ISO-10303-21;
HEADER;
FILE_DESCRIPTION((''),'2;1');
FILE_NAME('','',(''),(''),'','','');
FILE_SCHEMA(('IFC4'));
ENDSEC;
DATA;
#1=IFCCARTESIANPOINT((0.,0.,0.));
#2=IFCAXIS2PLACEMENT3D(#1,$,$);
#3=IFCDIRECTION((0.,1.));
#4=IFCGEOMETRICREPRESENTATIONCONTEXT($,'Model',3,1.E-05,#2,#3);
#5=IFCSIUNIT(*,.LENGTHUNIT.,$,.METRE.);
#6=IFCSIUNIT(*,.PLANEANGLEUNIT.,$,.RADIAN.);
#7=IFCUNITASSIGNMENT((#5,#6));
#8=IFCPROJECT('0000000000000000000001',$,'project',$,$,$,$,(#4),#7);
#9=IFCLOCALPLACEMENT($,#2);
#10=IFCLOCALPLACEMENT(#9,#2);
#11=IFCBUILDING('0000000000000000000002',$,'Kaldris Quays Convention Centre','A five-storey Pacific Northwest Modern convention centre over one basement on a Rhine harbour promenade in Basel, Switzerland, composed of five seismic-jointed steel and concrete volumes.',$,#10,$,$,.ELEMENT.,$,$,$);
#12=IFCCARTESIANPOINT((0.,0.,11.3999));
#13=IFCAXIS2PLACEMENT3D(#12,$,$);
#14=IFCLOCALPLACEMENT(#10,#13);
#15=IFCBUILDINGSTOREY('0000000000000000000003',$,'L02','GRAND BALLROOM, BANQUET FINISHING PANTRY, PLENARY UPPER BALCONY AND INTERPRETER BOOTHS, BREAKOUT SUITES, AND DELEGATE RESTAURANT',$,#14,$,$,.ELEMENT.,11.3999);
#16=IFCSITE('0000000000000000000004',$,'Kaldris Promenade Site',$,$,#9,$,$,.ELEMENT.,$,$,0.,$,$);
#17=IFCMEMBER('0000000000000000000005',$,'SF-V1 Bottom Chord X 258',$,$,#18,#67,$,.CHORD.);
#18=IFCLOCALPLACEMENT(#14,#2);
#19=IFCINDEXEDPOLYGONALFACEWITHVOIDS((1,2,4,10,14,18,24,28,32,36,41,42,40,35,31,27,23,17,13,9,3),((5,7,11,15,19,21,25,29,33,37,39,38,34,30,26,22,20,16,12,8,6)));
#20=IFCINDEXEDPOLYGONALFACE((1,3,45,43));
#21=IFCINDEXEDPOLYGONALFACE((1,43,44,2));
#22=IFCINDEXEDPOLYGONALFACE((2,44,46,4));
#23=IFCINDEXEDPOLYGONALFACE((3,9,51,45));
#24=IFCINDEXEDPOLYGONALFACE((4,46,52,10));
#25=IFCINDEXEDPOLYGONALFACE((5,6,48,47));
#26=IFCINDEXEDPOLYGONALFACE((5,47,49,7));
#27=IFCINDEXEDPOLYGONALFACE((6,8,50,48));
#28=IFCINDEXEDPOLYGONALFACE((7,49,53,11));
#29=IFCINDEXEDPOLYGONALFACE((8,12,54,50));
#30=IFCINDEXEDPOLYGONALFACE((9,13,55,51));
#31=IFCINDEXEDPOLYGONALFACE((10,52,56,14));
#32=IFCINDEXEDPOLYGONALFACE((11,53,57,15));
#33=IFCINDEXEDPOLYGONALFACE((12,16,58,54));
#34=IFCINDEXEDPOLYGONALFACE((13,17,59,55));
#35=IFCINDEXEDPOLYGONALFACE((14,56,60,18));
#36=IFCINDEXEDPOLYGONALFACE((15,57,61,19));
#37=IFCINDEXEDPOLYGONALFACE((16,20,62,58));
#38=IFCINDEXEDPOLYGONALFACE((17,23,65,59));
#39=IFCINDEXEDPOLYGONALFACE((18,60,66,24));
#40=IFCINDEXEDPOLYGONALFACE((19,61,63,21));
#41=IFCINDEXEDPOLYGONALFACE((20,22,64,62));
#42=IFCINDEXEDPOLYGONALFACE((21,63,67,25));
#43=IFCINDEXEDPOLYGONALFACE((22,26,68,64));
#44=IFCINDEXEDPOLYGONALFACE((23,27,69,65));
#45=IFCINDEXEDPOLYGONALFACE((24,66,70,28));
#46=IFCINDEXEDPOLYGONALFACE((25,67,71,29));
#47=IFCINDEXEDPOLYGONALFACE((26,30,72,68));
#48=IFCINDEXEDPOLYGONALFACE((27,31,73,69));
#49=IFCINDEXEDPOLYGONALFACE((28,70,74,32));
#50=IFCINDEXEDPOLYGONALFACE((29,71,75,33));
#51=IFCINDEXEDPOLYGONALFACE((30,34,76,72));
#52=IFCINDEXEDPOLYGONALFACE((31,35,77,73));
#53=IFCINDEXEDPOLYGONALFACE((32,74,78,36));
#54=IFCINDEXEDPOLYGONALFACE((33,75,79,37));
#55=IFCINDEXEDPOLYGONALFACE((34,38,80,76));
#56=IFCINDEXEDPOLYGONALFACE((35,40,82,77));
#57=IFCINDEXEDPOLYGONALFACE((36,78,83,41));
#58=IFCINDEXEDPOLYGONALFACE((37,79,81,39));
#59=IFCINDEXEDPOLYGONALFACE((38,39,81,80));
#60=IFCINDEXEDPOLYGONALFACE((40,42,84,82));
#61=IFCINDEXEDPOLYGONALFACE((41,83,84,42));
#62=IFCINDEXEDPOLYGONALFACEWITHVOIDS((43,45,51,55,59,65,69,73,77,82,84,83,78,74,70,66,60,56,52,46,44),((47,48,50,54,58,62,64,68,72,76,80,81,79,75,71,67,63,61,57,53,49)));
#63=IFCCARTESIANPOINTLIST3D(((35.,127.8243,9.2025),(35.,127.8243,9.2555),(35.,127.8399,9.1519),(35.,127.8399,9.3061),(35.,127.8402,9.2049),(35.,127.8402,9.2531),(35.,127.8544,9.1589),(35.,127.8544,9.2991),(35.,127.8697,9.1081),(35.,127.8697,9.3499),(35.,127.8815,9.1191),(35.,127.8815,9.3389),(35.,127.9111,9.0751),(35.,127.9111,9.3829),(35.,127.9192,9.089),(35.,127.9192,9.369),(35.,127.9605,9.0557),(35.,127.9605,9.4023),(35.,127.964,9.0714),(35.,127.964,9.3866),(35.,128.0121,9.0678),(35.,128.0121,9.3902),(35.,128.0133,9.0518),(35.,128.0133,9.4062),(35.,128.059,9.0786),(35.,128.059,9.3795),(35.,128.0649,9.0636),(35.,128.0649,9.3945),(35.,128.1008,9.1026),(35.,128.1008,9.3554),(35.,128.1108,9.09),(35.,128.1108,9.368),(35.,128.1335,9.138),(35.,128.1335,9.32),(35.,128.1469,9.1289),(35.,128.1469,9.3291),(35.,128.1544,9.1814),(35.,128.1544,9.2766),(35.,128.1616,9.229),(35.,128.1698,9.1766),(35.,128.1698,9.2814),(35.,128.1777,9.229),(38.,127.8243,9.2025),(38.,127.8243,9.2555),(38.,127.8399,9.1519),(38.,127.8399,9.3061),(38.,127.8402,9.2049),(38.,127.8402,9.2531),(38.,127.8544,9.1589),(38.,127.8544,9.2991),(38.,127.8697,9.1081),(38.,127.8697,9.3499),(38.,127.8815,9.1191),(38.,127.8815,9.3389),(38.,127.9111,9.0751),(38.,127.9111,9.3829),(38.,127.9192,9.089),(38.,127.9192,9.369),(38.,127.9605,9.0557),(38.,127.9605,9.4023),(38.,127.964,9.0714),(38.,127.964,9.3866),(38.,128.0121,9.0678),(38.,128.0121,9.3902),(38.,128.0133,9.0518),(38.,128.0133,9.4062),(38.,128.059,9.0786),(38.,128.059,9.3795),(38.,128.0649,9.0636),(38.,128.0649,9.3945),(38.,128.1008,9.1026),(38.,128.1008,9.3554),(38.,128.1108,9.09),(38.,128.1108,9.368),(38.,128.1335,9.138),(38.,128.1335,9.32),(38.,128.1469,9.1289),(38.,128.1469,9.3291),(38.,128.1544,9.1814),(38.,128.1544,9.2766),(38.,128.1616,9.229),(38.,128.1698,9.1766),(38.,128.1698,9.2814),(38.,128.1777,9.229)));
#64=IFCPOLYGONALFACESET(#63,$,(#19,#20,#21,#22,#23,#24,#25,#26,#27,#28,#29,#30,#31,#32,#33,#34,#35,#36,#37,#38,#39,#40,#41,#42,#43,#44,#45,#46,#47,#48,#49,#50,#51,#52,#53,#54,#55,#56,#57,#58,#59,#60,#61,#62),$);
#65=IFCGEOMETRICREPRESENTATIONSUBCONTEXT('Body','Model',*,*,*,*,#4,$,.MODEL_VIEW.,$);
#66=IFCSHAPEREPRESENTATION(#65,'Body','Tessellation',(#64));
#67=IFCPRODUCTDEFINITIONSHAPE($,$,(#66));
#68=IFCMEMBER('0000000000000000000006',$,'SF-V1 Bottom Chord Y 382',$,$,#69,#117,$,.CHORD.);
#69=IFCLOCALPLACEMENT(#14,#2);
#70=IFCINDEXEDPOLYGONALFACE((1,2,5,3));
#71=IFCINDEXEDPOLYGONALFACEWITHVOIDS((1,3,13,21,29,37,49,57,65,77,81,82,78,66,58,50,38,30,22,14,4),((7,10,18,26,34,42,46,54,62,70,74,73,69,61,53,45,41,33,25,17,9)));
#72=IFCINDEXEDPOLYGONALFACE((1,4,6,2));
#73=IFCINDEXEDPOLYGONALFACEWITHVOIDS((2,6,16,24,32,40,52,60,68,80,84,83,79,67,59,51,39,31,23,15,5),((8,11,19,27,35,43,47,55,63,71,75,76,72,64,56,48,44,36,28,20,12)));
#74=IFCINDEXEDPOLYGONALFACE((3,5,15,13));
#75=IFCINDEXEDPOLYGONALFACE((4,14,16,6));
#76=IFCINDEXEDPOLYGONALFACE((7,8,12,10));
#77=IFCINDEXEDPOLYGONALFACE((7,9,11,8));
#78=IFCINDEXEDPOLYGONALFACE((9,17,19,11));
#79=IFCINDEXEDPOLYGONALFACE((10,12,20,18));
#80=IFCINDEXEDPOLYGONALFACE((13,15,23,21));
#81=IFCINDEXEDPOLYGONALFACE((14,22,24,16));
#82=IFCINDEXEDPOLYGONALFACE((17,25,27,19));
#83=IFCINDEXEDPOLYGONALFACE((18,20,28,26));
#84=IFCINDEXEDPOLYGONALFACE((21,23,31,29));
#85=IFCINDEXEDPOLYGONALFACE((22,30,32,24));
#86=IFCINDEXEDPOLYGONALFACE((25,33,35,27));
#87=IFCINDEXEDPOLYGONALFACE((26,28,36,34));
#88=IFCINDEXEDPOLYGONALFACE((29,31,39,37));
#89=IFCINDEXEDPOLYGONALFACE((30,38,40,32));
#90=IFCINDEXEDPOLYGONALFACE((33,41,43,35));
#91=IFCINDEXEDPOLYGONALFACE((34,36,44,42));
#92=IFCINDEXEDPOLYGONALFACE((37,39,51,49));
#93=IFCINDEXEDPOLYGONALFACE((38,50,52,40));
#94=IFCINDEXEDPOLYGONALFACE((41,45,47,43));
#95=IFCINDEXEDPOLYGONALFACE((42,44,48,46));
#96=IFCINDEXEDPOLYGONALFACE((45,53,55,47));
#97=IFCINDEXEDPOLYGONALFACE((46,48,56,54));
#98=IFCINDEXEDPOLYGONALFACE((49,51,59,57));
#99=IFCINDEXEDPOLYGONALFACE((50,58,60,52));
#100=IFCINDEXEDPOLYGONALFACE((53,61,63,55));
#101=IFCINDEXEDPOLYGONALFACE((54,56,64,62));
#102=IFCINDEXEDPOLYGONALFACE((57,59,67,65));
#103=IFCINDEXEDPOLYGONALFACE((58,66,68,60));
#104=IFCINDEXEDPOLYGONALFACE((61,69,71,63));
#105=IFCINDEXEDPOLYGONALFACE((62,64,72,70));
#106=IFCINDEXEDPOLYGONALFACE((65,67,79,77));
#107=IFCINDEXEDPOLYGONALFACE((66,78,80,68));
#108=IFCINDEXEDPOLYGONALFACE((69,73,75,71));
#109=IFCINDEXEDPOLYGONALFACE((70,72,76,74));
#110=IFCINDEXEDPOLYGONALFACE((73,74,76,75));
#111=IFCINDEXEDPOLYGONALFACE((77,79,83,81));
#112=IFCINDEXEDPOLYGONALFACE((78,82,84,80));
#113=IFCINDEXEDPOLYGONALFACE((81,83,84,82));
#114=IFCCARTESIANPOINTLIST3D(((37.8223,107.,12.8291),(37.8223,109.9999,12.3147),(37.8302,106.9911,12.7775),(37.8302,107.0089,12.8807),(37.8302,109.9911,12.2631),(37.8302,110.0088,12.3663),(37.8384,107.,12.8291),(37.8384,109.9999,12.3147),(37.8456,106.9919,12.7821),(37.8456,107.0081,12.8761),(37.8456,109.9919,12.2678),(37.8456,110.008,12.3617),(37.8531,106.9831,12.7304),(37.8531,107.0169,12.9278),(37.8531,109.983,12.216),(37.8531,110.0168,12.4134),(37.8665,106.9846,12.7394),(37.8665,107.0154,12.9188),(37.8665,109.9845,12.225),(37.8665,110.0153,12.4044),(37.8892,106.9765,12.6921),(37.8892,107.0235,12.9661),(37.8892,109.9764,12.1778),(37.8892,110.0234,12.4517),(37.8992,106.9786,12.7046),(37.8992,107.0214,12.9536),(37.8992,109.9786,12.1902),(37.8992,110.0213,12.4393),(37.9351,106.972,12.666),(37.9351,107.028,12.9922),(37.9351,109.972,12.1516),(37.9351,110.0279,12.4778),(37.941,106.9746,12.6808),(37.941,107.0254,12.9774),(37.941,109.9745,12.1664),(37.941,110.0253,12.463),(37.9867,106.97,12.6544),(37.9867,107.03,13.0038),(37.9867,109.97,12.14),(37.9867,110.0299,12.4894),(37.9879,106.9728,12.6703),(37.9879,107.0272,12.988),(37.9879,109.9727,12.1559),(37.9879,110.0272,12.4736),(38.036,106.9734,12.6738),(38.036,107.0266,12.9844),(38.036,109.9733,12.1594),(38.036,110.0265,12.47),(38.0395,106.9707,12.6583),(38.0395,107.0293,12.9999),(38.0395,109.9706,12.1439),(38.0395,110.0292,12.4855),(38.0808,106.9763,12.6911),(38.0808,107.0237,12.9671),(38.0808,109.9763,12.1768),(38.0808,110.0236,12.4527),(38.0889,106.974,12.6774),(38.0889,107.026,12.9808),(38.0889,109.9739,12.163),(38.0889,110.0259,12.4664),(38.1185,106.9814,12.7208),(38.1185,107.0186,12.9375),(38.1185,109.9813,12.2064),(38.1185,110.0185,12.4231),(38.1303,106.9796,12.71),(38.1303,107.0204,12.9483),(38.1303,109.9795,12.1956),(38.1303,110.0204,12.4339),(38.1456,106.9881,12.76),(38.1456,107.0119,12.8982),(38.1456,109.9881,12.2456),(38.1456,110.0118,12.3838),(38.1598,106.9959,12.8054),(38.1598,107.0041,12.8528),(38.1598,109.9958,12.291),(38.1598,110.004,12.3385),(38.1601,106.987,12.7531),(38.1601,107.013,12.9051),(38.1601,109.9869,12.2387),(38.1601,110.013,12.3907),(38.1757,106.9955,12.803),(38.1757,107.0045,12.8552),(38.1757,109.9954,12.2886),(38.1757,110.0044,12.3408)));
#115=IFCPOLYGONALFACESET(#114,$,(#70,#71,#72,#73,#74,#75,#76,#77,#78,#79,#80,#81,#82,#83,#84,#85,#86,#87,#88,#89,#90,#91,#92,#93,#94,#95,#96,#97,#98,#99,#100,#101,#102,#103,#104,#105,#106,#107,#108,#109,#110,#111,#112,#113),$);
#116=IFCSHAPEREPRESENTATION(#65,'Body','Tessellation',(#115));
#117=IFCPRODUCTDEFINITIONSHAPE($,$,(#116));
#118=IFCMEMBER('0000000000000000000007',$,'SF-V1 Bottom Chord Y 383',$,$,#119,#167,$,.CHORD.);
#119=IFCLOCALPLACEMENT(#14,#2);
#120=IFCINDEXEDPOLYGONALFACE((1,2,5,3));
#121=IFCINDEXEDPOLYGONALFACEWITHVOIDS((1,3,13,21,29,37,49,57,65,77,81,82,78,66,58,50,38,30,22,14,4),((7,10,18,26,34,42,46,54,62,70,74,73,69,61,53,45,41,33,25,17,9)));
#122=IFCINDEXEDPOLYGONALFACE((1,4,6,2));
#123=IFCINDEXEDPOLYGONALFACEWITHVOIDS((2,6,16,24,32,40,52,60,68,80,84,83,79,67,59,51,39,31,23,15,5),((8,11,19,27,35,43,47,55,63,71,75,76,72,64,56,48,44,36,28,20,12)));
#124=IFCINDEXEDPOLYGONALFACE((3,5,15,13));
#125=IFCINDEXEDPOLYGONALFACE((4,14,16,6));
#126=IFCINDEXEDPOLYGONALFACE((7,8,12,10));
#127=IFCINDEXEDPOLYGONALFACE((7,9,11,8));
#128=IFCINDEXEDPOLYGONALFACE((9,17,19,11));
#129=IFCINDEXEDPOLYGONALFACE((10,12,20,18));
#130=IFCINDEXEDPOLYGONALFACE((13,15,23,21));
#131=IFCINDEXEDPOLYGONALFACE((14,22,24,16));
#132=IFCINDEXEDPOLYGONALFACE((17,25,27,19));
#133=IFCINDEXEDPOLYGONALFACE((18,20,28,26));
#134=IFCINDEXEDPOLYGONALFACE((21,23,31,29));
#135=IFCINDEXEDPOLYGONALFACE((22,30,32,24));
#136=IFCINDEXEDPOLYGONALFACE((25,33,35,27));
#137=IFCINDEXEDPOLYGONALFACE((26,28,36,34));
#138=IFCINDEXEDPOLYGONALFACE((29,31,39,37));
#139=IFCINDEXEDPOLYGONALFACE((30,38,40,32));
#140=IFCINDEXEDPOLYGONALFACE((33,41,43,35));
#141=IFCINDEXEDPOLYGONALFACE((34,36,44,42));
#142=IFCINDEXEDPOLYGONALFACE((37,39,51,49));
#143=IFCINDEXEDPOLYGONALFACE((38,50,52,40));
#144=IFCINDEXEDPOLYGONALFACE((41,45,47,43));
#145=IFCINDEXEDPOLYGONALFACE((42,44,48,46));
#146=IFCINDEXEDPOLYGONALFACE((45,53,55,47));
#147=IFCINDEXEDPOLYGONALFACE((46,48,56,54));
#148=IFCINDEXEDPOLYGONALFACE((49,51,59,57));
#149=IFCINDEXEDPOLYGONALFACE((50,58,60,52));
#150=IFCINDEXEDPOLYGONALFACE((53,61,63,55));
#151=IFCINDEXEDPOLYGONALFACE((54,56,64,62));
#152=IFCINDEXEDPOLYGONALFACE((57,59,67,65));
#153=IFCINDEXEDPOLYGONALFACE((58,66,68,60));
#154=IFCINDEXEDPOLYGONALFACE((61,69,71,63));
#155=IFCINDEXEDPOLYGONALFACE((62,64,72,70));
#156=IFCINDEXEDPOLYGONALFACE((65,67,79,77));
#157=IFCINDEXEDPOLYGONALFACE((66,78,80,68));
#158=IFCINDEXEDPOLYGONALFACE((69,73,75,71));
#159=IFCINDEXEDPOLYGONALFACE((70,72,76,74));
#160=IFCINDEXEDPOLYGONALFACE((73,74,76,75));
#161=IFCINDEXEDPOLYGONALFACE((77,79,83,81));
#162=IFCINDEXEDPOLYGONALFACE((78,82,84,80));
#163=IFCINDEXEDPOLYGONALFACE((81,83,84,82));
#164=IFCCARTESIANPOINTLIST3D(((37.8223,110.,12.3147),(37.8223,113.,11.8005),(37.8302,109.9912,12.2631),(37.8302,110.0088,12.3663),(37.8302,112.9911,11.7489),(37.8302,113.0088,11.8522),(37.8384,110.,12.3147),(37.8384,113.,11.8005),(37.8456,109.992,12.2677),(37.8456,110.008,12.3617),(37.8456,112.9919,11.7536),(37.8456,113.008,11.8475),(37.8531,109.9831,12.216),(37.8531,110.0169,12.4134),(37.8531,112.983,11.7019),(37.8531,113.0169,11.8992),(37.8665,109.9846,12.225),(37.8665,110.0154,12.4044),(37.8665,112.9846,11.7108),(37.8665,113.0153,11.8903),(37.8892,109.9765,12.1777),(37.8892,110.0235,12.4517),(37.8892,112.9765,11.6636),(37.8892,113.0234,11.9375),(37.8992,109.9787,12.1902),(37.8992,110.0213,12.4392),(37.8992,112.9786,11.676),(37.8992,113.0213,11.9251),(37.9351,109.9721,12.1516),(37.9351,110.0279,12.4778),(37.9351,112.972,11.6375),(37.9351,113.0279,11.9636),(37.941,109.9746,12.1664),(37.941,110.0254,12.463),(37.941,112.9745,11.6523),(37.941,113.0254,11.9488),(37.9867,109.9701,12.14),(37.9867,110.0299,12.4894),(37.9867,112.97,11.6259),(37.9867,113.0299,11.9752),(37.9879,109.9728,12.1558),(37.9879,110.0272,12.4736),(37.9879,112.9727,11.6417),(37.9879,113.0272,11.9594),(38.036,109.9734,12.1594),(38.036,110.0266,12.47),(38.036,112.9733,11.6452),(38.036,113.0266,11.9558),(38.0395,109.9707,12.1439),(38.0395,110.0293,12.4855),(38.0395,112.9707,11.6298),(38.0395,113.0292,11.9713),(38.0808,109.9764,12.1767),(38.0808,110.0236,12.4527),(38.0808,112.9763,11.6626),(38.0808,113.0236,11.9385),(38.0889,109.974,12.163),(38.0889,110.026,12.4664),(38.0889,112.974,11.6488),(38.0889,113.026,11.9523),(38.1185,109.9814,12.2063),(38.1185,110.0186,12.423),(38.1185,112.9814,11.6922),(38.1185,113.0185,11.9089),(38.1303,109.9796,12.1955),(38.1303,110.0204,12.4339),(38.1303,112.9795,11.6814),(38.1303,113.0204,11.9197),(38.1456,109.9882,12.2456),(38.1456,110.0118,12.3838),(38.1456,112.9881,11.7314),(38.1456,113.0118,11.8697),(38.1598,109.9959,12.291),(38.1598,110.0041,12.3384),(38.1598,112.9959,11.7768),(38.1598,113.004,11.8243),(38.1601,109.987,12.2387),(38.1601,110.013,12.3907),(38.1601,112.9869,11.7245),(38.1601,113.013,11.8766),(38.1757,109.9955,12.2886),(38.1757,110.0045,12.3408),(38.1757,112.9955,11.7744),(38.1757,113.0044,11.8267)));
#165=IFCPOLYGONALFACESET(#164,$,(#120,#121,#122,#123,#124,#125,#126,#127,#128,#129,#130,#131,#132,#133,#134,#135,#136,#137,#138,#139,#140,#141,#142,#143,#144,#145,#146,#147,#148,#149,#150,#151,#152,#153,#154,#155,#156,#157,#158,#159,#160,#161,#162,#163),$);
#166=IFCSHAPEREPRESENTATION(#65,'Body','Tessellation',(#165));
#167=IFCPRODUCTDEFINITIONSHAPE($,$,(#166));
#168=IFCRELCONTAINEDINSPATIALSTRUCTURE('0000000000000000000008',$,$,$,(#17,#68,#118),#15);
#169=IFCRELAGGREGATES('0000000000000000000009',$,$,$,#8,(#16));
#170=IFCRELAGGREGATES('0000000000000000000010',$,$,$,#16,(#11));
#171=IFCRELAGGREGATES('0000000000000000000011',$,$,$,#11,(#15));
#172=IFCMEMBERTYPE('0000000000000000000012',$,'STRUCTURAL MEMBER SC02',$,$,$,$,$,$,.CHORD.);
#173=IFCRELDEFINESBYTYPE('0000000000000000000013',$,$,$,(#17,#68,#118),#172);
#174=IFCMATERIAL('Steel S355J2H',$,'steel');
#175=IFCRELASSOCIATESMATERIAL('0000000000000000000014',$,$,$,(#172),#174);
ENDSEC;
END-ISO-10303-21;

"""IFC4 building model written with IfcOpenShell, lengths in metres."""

from ifc_helpers import new_model, si_unit, direction, frame, origin, origin_2d, place, context, subcontext, project, spatial, hollow_circle, extrude, material, material_profile, profile_set, type_object, element, save


model = new_model("IFC4")

# Units and contexts
model_context = context("Model", 3, precision=1e-05, world=origin(), true_north=direction((0.0, 1.0)))
body_context = subcontext(model_context, "Body", "Model", "MODEL_VIEW")
ifc_project = project(units=[si_unit("LENGTHUNIT", "METRE"), si_unit("PLANEANGLEUNIT", "RADIAN")], contexts=[model_context])

# Site, building, storey
site_placement = place(None, origin())
site = spatial("IfcSite", under=ifc_project, at=site_placement, Name="Kaldris Promenade Site", CompositionType="ELEMENT", RefElevation=0.0)
building_placement = place(site_placement, origin())
building = spatial("IfcBuilding", under=site, at=building_placement, Name="Kaldris Quays Convention Centre", Description="A five-storey Pacific Northwest Modern convention centre over one basement on a Rhine harbour promenade in Basel, Switzerland, composed of five seismic-jointed steel and concrete volumes.", CompositionType="ELEMENT")
storey_placement = place(building_placement, frame((0.0, 0.0, 11.3999)))
storey = spatial("IfcBuildingStorey", under=building, at=storey_placement, Name="L02", Description="GRAND BALLROOM, BANQUET FINISHING PANTRY, PLENARY UPPER BALCONY AND INTERPRETER BOOTHS, BREAKOUT SUITES, AND DELEGATE RESTAURANT", CompositionType="ELEMENT", Elevation=11.3999)

# Members
ifc_material_1 = material(Name="Steel S355J2H", Category="steel")
ifc_material_profile_1 = material_profile(ifc_material_1, hollow_circle(Radius=0.1777, WallThickness=0.0161, at=origin_2d()), Name="CHS 355.6x16")
ifc_profile_set_1 = profile_set([ifc_material_profile_1], Name="Steel S355J2H")
member_type_1 = type_object("IfcMemberType", Name="STRUCTURAL MEMBER SC02", PredefinedType="CHORD", material=ifc_profile_set_1)
for number, where, z_axis, x_axis, name in (
    (1, (35.0, 128.0, 9.229), (1.0, 0.0, 0.0), (0.0, 1.0, 0.0), "SF-V1 Bottom Chord X 258"),
):
    element("IfcMember", number, at=place(storey_placement, frame(where, z_axis=z_axis, x_axis=x_axis)), inside=storey, type_object=member_type_1, Name=name, PredefinedType="CHORD", context=body_context, shape_type="SweptSolid", body=[
        extrude(hollow_circle(Radius=0.1777, WallThickness=0.0161, at=origin_2d()), origin(), (0.0, 0.0, 1.0), 3.0),
    ])
for number, where, z_axis, x_axis, name in (
    (2, (38.0, 107.0, 12.8291), (0.0, 0.985616, -0.169002), (-1.0, 0.0, 0.0), "SF-V1 Bottom Chord Y 382"),
    (3, (38.0, 110.0, 12.3147), (0.0, 0.985629, -0.168924), (-1.0, 0.0, 0.0), "SF-V1 Bottom Chord Y 383"),
):
    element("IfcMember", number, at=place(storey_placement, frame(where, z_axis=z_axis, x_axis=x_axis)), inside=storey, type_object=member_type_1, Name=name, PredefinedType="CHORD", context=body_context, shape_type="SweptSolid", body=[
        extrude(hollow_circle(Radius=0.1777, WallThickness=0.0161, at=origin_2d()), origin(), (0.0, 0.0, 1.0), 3.0437),
    ])

save(model, "model.ifc")
